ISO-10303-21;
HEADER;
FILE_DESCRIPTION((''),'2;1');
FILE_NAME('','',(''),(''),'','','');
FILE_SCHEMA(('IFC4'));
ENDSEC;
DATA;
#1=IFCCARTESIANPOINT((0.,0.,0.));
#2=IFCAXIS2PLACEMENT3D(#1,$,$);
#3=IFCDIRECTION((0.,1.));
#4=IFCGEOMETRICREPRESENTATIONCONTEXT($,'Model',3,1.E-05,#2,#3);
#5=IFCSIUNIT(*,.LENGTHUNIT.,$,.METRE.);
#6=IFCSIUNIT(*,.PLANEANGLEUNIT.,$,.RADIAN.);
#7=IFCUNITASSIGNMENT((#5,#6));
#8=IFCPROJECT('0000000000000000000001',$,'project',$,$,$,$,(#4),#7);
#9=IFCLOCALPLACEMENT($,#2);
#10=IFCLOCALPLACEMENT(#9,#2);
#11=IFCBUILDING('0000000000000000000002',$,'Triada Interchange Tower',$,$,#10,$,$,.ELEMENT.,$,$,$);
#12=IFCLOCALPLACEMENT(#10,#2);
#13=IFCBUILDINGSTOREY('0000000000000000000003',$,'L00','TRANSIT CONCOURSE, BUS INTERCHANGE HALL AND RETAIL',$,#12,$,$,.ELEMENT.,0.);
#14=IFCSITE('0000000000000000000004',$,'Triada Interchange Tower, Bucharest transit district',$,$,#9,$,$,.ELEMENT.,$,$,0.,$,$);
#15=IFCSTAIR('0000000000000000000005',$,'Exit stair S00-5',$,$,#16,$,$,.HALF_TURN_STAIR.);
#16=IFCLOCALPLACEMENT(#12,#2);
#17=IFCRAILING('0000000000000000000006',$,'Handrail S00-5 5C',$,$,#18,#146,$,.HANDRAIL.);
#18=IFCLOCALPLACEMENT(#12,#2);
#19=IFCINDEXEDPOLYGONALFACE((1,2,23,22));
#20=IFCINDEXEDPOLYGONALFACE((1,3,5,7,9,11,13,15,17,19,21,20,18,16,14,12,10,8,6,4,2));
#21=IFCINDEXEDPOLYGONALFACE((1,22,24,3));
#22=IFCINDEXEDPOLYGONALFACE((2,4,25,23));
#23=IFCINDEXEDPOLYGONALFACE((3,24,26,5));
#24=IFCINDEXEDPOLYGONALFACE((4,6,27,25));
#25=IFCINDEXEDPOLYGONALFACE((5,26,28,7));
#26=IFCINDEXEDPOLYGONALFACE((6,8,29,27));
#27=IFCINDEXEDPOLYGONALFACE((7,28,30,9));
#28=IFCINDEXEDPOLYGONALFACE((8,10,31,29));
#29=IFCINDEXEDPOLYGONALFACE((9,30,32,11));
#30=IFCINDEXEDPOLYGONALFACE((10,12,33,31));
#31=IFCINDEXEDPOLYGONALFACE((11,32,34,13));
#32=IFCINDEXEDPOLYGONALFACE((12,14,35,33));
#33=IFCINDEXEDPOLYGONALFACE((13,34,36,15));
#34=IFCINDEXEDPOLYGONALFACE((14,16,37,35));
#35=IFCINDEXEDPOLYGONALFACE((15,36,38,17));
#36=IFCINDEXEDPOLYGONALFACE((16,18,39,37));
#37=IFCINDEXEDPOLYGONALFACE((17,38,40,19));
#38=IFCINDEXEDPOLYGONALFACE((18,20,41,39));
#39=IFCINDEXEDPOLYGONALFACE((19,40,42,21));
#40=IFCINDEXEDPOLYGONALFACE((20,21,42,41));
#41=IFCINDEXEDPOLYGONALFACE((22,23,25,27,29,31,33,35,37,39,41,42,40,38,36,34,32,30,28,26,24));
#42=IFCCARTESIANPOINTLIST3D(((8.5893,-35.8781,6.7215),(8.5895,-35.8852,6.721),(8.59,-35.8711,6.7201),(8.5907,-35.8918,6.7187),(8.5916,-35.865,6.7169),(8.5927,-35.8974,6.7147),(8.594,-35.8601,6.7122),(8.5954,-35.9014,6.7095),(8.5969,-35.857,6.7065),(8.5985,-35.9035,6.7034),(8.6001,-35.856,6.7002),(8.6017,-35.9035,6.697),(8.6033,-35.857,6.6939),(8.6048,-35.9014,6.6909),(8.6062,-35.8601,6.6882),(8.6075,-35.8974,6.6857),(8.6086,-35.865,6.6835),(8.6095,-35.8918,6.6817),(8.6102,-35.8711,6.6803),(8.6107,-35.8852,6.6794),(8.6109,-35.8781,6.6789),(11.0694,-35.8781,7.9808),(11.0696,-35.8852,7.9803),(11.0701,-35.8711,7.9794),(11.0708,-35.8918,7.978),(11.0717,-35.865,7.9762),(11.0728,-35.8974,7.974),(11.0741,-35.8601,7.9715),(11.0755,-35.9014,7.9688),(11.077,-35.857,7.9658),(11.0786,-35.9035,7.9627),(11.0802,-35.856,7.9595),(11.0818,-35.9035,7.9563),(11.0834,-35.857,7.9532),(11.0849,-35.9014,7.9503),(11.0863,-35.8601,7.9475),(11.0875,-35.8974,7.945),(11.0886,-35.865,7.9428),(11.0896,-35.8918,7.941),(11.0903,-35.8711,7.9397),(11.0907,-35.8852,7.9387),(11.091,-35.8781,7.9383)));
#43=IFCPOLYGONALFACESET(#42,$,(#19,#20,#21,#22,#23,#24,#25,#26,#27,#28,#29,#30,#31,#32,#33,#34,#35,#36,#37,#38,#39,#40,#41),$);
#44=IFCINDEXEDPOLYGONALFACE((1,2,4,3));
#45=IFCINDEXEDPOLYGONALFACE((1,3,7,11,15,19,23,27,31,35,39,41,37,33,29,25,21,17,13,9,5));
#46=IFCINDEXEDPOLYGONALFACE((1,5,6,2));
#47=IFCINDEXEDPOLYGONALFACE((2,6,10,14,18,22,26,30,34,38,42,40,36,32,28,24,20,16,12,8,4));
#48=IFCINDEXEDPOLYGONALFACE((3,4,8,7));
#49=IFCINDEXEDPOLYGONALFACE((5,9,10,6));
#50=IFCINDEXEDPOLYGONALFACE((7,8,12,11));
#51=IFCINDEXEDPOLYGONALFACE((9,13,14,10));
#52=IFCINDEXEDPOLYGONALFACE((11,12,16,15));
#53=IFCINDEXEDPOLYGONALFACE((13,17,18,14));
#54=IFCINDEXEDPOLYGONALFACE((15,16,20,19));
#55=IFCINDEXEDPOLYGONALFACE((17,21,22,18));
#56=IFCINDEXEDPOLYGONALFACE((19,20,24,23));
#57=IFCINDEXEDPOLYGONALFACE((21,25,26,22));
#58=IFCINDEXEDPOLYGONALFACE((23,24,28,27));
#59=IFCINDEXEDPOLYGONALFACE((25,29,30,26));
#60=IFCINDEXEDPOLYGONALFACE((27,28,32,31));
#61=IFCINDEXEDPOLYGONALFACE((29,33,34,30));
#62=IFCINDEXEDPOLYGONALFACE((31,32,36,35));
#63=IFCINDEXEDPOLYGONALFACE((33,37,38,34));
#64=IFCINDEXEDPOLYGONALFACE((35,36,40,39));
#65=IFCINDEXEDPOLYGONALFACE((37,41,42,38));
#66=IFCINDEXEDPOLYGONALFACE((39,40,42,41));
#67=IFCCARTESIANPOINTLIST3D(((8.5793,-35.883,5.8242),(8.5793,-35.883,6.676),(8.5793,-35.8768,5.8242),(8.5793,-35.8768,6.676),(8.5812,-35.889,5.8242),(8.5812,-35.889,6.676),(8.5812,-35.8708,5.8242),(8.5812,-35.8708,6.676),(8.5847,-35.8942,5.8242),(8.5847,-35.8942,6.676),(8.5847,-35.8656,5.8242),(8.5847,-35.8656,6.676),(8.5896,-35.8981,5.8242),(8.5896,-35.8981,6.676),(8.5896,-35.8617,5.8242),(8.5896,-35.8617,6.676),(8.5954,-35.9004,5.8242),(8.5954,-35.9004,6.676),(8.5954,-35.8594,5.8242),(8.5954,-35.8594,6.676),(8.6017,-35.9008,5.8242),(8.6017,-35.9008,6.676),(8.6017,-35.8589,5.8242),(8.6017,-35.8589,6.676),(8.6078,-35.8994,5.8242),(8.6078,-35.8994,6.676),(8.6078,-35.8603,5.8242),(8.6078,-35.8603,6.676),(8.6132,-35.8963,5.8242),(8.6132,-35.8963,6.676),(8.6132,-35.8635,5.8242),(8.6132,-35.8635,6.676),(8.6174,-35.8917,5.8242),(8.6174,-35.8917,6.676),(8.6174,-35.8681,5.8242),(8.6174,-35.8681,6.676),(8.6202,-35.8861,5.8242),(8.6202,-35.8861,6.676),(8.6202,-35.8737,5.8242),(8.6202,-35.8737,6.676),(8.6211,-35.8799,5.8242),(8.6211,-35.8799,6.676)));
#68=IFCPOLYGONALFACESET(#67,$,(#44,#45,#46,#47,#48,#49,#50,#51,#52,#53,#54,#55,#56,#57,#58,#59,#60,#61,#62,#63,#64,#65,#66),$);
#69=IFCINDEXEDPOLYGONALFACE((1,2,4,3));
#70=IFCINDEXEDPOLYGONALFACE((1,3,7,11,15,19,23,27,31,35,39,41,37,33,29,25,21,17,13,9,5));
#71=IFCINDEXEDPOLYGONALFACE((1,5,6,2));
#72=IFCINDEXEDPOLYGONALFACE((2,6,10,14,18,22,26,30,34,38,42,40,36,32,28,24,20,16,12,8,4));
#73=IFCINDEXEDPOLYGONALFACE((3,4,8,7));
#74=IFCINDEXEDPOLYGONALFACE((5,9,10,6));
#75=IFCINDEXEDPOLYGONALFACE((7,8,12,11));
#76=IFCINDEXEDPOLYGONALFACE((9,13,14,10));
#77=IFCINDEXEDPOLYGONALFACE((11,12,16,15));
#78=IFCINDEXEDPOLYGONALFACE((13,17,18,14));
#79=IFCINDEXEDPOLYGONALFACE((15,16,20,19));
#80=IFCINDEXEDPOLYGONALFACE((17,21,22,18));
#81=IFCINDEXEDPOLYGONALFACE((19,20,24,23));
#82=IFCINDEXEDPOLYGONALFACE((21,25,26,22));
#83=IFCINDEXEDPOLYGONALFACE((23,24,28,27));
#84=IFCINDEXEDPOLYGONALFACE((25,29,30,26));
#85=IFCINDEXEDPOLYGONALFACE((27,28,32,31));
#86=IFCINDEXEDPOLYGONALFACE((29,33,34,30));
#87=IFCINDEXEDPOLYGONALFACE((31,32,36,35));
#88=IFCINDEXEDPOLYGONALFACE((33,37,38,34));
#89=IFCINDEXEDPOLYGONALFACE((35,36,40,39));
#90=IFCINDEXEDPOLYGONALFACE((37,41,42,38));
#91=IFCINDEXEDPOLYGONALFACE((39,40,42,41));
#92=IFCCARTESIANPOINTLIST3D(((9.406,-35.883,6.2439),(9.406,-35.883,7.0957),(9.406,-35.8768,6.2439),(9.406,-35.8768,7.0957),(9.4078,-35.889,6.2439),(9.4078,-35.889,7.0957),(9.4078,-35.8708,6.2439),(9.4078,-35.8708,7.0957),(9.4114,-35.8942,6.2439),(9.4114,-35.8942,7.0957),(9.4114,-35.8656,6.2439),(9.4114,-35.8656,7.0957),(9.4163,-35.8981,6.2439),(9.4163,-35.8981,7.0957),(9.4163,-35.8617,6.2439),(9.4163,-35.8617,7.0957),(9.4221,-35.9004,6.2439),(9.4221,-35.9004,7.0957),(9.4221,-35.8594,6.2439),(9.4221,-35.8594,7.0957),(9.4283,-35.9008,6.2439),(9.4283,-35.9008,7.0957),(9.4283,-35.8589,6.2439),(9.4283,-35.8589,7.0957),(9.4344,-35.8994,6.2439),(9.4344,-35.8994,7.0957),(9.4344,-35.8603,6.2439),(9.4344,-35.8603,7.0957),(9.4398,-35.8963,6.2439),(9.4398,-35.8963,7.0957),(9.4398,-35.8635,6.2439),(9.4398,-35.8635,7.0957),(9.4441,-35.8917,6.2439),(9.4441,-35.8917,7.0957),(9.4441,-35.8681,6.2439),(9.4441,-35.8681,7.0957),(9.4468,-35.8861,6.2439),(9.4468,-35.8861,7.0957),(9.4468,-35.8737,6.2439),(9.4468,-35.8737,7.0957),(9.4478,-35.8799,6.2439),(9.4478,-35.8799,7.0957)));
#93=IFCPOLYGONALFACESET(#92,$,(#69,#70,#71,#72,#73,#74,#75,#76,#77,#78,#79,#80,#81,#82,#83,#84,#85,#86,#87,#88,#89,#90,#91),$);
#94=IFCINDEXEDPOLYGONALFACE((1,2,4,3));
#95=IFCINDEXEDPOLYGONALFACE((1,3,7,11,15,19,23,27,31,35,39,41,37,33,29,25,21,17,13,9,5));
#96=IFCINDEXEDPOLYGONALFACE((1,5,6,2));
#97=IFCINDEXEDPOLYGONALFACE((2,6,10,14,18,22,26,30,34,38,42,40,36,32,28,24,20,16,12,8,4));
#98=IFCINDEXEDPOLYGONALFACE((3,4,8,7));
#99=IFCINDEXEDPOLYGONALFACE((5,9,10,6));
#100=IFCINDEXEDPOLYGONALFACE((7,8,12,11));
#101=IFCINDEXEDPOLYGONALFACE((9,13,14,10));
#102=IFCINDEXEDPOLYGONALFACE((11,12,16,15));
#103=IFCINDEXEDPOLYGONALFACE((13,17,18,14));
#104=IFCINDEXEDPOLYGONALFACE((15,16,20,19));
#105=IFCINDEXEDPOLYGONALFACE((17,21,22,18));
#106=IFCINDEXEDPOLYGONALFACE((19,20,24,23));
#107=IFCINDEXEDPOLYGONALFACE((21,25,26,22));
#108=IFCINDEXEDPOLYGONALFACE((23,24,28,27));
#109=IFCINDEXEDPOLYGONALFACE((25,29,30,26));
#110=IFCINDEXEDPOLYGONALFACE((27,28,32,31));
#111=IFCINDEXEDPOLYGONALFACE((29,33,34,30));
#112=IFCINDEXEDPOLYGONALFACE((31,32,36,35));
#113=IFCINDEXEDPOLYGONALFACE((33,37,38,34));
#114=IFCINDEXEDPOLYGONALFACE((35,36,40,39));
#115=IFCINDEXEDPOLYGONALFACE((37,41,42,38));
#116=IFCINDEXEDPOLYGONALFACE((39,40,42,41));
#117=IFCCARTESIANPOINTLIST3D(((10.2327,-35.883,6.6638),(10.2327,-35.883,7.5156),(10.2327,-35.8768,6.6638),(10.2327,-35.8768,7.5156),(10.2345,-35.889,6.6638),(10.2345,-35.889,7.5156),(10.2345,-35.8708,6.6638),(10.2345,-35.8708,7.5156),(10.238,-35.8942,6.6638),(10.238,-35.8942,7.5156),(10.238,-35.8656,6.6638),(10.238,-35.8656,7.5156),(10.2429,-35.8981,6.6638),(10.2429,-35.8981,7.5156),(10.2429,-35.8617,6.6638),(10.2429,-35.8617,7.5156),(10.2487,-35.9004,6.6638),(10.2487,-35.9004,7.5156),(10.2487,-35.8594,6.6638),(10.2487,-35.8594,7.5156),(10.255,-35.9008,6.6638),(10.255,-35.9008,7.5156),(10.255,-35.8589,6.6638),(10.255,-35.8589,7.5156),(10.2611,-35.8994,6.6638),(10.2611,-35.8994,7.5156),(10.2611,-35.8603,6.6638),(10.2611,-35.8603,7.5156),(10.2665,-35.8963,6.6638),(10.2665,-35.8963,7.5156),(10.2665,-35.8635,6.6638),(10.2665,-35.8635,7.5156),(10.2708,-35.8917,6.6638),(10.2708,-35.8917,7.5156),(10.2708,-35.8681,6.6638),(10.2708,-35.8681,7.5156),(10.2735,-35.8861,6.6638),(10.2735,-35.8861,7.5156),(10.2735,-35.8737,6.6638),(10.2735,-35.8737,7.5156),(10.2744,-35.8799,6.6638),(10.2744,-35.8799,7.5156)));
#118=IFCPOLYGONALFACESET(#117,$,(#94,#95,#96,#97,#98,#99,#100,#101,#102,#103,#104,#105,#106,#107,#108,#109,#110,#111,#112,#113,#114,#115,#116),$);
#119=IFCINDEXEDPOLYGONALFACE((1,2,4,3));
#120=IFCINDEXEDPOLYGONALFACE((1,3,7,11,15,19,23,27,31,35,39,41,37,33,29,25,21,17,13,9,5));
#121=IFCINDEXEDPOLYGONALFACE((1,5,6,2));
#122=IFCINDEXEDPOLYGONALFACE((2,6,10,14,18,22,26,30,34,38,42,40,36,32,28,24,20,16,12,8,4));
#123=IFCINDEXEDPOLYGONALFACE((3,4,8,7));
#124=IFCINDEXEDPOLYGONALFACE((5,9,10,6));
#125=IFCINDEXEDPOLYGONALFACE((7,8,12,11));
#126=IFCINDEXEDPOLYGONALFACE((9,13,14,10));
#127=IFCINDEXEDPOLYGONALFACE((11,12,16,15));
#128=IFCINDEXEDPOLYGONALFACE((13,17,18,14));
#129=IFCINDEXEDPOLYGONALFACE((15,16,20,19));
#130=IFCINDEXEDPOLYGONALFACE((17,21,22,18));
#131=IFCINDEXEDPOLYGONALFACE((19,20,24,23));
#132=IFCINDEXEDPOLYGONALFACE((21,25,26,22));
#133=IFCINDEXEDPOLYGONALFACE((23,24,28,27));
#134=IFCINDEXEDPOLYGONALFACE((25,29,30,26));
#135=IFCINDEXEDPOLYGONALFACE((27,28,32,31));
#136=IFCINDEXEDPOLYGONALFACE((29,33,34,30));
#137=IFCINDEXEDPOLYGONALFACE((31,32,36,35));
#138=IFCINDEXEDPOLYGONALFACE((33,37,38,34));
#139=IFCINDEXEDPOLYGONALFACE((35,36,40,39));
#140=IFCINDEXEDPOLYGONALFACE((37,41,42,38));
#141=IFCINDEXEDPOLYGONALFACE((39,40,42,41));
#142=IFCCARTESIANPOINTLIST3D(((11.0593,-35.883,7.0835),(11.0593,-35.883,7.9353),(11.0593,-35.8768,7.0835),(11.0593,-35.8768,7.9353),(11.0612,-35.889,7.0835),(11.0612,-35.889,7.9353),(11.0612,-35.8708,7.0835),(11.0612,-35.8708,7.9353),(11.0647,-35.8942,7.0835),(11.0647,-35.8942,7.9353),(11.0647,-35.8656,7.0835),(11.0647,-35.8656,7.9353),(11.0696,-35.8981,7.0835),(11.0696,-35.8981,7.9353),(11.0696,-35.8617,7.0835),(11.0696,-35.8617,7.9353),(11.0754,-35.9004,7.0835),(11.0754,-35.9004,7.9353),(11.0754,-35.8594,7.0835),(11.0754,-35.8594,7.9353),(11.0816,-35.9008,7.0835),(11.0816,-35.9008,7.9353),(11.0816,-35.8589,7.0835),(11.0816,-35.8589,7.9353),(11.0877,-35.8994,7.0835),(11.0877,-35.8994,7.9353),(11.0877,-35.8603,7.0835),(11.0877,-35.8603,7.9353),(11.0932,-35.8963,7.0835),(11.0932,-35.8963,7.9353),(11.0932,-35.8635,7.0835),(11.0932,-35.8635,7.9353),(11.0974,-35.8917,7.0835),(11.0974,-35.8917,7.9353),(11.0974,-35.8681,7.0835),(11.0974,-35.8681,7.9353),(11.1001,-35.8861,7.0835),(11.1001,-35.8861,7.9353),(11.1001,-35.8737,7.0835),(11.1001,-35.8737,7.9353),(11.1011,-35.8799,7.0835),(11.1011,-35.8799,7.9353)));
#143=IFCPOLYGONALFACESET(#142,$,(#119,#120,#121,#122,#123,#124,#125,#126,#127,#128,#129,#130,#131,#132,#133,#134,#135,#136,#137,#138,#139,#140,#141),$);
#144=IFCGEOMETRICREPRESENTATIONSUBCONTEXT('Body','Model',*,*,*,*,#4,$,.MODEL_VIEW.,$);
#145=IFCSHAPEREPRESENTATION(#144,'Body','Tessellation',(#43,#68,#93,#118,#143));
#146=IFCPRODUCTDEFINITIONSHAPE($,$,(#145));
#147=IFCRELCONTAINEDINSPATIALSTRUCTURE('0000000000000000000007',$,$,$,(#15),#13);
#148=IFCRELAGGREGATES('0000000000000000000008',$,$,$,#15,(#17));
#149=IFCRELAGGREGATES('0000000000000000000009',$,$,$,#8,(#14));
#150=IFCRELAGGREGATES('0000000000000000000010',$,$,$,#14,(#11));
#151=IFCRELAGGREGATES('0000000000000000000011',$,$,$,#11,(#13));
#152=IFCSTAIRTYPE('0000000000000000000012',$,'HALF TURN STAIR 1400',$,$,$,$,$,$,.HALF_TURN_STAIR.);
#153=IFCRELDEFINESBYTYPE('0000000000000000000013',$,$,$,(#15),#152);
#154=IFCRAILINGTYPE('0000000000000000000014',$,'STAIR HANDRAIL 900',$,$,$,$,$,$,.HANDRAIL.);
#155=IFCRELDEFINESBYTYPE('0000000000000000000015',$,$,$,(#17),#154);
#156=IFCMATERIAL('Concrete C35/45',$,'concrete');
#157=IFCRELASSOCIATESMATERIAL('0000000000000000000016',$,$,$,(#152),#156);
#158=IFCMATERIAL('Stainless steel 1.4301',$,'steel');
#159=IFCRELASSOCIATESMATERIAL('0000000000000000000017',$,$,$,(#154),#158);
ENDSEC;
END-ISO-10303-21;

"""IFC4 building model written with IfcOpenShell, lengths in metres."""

from ifc_helpers import new_model, si_unit, direction, frame, origin, origin_2d, place, context, subcontext, project, spatial, circle, extrude, material, type_object, element, aggregate, save


model = new_model("IFC4")

# Units and contexts
model_context = context("Model", 3, precision=1e-05, world=origin(), true_north=direction((0.0, 1.0)))
body_context = subcontext(model_context, "Body", "Model", "MODEL_VIEW")
ifc_project = project(units=[si_unit("LENGTHUNIT", "METRE"), si_unit("PLANEANGLEUNIT", "RADIAN")], contexts=[model_context])

# Site, building, storey
site_placement = place(None, origin())
site = spatial("IfcSite", under=ifc_project, at=site_placement, Name="Triada Interchange Tower, Bucharest transit district", CompositionType="ELEMENT", RefElevation=0.0)
building_placement = place(site_placement, origin())
building = spatial("IfcBuilding", under=site, at=building_placement, Name="Triada Interchange Tower", CompositionType="ELEMENT")
storey_placement = place(building_placement, origin())
storey = spatial("IfcBuildingStorey", under=building, at=storey_placement, Name="L00", Description="TRANSIT CONCOURSE, BUS INTERCHANGE HALL AND RETAIL", CompositionType="ELEMENT", Elevation=0.0)

# Shared definitions
ifc_material_1 = material(Name="Concrete C35/45", Category="concrete")

# Stair, railing
stair_type = type_object("IfcStairType", Name="HALF TURN STAIR 1400", PredefinedType="HALF_TURN_STAIR", material=ifc_material_1)
stair_1_placement = place(storey_placement, origin())
stair_1 = element("IfcStair", 1, at=stair_1_placement, inside=storey, type_object=stair_type, Name="Exit stair S00-5", PredefinedType="HALF_TURN_STAIR")
ifc_material_2 = material(Name="Stainless steel 1.4301", Category="steel")
railing_type_1 = type_object("IfcRailingType", Name="STAIR HANDRAIL 900", PredefinedType="HANDRAIL", material=ifc_material_2)
railing_1_placement = place(storey_placement, frame((8.6001, -35.8799, 5.8242)))
railing_1 = element("IfcRailing", 2, at=railing_1_placement, type_object=railing_type_1, Name="Handrail S00-5 5C", PredefinedType="HANDRAIL", context=body_context, shape_type="SweptSolid", body=[
    extrude(circle(Radius=0.0239, at=origin_2d()), frame((0.0, 0.0, 0.876), z_axis=(0.891636, 0.0, 0.452752), x_axis=(0.0, 1.0, 0.0)), (0.0, 0.0, 1.0), 2.7815),
    extrude(circle(Radius=0.021, at=origin_2d()), origin(), (0.0, 0.0, 1.0), 0.8518),
    extrude(circle(Radius=0.021, at=origin_2d()), frame((0.8267, 0.0, 0.4197)), (0.0, 0.0, 1.0), 0.8518),
    extrude(circle(Radius=0.021, at=origin_2d()), frame((1.6533, 0.0, 0.8396)), (0.0, 0.0, 1.0), 0.8518),
    extrude(circle(Radius=0.021, at=origin_2d()), frame((2.48, 0.0, 1.2593)), (0.0, 0.0, 1.0), 0.8518),
])
aggregate(stair_1, [railing_1])

save(model, "model.ifc")
